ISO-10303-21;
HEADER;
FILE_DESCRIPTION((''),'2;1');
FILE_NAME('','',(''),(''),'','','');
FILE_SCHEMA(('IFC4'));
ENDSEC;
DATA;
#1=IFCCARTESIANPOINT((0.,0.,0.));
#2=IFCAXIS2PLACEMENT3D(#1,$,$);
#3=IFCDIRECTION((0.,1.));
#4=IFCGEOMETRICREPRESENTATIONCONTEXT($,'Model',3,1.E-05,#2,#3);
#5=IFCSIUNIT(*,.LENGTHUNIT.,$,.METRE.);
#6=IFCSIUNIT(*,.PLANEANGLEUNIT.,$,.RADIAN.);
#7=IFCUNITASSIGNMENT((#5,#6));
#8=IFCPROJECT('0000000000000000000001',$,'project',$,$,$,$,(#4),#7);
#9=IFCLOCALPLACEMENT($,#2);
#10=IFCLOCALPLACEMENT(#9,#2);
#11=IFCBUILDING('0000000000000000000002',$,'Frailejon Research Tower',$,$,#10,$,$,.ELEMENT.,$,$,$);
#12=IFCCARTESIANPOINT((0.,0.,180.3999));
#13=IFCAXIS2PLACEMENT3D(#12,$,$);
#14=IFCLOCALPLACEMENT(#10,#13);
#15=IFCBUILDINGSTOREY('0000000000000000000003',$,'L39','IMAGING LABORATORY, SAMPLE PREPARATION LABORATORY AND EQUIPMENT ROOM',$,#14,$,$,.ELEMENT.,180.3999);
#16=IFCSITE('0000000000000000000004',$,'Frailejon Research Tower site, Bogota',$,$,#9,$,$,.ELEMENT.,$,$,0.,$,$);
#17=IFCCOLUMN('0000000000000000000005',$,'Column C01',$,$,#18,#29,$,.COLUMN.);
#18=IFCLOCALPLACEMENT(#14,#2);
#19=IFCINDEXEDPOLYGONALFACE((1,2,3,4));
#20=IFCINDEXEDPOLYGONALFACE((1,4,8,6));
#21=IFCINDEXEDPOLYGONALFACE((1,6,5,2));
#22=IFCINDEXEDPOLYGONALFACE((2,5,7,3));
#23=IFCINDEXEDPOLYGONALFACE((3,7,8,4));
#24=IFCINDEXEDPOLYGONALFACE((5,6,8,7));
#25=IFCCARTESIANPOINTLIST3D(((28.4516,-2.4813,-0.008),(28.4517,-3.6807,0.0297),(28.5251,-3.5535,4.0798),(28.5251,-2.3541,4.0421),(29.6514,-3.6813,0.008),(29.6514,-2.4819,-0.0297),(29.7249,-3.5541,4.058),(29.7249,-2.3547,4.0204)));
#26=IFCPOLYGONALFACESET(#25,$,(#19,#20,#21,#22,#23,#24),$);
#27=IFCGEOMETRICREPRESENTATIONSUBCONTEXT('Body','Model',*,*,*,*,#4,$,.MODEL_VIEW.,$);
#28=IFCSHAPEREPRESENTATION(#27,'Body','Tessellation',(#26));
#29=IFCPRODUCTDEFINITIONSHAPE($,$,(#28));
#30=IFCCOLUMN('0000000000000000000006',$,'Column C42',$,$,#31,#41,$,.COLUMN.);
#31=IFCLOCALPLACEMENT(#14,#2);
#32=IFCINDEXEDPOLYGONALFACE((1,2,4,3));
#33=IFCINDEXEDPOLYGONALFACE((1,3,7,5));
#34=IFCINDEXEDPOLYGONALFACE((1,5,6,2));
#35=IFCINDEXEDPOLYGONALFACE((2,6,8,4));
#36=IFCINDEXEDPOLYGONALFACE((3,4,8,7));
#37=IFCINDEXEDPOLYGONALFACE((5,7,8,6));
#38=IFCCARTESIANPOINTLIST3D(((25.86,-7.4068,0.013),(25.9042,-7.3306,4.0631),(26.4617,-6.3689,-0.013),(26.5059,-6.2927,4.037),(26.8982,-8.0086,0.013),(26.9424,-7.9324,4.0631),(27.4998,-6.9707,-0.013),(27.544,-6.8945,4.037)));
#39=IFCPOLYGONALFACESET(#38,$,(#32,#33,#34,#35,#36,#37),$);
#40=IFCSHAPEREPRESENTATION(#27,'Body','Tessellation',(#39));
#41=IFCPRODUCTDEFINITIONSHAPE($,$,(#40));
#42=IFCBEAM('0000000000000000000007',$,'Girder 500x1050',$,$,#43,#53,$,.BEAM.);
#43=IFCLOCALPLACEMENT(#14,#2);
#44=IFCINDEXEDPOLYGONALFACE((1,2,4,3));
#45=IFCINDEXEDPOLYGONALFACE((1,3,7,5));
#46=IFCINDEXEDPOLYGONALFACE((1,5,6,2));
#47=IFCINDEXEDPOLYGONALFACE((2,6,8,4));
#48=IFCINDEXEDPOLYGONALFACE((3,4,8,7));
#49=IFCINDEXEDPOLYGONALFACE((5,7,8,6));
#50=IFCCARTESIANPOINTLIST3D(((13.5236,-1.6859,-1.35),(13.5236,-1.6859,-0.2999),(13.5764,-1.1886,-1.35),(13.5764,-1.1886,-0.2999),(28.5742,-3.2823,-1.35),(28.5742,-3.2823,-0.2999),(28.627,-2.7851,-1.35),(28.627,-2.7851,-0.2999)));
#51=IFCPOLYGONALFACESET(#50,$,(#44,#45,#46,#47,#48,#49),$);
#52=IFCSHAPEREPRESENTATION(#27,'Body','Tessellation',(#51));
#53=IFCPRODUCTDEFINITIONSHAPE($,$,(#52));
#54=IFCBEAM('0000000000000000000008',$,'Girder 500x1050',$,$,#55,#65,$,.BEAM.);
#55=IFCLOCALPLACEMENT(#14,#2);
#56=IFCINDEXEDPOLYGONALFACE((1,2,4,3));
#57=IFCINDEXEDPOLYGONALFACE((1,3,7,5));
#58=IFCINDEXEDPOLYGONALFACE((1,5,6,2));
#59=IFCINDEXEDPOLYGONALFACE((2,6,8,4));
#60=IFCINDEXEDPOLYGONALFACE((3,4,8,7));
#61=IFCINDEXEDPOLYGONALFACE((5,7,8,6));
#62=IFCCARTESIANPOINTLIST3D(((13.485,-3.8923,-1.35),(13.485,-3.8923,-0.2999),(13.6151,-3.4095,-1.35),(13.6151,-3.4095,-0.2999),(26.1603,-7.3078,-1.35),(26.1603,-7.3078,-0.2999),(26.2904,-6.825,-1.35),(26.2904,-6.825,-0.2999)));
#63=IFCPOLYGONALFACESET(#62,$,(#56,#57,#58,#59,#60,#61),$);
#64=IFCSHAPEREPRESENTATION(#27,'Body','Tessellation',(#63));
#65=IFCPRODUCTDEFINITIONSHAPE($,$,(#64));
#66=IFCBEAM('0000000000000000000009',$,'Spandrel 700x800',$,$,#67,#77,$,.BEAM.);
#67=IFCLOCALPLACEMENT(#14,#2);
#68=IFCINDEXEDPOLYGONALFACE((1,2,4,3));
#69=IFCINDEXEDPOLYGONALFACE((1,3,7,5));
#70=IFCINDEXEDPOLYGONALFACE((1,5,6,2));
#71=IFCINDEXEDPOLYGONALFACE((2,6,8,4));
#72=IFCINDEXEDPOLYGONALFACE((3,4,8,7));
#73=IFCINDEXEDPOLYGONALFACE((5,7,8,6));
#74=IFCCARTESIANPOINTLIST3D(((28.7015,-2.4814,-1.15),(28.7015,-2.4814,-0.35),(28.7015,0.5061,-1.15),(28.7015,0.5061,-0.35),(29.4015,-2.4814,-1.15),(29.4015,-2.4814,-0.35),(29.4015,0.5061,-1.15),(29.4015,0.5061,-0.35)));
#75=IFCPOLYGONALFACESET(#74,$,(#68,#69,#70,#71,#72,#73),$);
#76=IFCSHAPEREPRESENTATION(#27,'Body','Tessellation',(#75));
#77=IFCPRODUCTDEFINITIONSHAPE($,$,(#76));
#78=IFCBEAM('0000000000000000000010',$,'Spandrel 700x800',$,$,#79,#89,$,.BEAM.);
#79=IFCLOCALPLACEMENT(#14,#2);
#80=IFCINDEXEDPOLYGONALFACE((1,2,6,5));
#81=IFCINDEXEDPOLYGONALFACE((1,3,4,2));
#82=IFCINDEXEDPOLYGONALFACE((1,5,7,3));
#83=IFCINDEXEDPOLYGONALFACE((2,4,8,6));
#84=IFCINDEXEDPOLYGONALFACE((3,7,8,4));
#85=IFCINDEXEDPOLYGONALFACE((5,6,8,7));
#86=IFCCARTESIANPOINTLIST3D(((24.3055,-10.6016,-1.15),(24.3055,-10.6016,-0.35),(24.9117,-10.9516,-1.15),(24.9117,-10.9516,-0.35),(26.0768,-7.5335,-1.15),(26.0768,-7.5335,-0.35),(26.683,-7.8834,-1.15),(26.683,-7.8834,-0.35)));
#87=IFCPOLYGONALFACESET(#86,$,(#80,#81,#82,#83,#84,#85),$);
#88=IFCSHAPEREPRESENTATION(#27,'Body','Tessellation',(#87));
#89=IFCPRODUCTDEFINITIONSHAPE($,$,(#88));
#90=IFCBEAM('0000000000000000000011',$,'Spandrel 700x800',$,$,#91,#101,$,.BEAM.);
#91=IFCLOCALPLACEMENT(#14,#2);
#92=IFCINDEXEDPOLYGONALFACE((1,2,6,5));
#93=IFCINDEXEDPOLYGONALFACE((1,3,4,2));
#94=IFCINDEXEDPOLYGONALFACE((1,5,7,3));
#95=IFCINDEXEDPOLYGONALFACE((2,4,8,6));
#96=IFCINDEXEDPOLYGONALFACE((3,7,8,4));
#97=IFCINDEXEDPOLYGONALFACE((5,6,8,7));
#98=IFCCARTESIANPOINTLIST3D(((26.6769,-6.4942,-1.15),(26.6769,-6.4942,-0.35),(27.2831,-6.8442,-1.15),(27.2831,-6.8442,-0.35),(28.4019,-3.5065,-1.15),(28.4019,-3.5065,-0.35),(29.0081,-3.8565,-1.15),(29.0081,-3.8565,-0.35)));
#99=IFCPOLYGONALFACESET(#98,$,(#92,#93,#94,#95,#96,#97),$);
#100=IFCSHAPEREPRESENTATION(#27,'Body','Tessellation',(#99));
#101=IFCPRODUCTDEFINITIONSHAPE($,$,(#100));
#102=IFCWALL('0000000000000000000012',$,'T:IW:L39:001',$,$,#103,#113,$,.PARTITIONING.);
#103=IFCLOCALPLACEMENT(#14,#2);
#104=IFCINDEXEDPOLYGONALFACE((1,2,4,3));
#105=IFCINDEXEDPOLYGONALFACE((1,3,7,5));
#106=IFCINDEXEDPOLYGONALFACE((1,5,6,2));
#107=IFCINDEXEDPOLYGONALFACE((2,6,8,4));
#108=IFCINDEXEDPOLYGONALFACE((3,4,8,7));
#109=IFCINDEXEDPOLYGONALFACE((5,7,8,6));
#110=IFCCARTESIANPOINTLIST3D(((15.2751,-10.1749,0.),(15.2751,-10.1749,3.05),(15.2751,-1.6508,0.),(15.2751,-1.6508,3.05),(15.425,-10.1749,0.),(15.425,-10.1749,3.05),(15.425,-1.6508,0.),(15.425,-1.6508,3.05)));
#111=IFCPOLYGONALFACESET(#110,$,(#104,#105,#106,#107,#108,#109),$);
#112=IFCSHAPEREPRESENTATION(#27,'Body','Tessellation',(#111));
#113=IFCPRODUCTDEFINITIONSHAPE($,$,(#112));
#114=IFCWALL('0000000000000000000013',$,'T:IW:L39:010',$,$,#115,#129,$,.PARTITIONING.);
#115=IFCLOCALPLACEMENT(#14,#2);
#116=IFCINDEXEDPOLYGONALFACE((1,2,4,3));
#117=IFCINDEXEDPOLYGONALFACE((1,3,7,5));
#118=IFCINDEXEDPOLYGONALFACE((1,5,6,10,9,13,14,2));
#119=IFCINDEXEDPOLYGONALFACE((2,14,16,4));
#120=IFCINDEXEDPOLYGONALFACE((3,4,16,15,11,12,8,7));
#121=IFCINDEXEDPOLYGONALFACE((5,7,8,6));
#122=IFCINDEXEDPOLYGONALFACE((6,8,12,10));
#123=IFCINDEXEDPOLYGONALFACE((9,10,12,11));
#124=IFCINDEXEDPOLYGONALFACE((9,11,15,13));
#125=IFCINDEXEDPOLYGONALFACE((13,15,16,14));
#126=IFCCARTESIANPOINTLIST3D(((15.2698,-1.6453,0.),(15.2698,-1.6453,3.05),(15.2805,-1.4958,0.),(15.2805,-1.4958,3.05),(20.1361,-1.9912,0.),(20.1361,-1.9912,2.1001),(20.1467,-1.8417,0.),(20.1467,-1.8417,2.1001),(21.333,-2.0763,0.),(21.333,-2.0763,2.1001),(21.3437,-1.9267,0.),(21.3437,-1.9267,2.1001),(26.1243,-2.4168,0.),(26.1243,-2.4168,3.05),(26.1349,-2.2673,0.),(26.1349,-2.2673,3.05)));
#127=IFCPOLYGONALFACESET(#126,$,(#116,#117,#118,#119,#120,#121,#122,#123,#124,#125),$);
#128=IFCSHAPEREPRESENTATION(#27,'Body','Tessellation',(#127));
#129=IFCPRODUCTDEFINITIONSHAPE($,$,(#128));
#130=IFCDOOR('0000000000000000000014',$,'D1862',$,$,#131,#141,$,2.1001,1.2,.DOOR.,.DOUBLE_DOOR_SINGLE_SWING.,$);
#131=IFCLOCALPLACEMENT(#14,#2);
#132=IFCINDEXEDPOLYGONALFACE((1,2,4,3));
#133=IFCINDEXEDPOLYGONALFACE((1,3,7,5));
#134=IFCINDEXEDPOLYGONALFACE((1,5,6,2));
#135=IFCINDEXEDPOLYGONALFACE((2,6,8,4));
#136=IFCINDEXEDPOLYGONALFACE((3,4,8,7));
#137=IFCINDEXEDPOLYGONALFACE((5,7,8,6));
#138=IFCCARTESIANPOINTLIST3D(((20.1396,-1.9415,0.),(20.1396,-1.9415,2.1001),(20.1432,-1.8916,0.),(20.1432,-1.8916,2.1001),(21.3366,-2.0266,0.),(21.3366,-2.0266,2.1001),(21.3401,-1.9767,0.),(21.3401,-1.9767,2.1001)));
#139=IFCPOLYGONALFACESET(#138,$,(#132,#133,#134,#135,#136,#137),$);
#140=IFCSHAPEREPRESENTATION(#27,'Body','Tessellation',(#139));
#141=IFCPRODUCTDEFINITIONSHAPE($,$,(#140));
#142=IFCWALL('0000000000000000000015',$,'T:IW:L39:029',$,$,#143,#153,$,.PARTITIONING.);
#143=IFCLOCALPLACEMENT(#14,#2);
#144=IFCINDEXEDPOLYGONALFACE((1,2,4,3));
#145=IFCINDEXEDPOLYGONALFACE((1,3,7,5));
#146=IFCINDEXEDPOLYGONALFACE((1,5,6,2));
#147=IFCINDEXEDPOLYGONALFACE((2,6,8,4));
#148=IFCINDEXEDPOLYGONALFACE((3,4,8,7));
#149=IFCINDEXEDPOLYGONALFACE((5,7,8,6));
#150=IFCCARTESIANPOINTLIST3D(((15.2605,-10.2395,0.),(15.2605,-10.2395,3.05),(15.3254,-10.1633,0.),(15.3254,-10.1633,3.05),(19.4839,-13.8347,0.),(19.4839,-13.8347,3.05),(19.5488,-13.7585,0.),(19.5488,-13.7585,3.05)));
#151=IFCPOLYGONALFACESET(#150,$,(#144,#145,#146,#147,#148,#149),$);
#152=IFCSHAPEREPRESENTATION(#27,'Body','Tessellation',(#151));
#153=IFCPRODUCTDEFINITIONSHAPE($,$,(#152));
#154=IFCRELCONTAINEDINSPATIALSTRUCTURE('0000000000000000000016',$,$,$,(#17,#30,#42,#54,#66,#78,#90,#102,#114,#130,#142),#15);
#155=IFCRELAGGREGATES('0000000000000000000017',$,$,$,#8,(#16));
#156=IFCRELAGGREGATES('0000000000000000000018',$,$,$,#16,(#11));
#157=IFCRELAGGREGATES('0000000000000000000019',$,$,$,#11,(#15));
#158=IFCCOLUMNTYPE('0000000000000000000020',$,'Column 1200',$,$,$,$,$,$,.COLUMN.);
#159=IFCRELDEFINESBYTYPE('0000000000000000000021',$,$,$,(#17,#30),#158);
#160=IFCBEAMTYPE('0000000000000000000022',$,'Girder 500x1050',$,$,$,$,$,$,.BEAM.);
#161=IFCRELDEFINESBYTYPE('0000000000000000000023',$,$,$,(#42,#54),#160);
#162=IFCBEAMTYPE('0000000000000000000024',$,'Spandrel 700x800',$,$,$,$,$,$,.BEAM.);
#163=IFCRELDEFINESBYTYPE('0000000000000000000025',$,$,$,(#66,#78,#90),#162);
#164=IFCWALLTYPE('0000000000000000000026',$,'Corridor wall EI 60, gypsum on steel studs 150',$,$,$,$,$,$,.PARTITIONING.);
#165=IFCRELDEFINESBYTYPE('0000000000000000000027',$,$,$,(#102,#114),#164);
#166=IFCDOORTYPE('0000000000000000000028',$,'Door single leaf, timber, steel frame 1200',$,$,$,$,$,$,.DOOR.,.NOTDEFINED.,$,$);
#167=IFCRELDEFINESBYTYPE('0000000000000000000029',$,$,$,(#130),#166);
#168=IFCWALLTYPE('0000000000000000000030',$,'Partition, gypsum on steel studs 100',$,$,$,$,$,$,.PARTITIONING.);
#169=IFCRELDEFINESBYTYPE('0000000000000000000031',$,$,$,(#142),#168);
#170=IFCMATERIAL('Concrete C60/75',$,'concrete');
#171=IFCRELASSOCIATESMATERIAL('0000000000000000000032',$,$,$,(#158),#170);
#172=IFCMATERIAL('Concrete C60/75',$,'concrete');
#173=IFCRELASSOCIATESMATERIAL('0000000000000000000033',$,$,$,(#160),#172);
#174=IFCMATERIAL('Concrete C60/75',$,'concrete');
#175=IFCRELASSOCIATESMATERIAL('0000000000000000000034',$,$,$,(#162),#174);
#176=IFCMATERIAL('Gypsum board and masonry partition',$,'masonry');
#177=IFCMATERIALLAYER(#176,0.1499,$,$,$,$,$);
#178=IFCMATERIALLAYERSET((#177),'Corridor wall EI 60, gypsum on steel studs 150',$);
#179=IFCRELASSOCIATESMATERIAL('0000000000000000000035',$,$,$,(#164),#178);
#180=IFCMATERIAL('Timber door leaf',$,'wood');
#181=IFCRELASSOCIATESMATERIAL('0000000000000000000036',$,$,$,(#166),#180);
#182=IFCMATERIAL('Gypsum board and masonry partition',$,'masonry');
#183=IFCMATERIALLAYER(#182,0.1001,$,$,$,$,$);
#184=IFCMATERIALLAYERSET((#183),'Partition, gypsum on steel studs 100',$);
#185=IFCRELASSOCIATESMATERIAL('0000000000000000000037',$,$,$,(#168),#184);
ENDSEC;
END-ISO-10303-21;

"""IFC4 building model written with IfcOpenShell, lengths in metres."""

from ifc_helpers import new_model, si_unit, direction, frame, frame_2d, origin, origin_2d, place, context, subcontext, project, spatial, rectangle, extrude, material, layer, layer_set, material_profile, profile_set, type_object, element, fill, save


model = new_model("IFC4")

# Units and contexts
model_context = context("Model", 3, precision=1e-05, world=origin(), true_north=direction((0.0, 1.0)))
body_context = subcontext(model_context, "Body", "Model", "MODEL_VIEW")
ifc_project = project(units=[si_unit("LENGTHUNIT", "METRE"), si_unit("PLANEANGLEUNIT", "RADIAN")], contexts=[model_context])

# Site, building, storey
site_placement = place(None, origin())
site = spatial("IfcSite", under=ifc_project, at=site_placement, Name="Frailejon Research Tower site, Bogota", CompositionType="ELEMENT", RefElevation=0.0)
building_placement = place(site_placement, origin())
building = spatial("IfcBuilding", under=site, at=building_placement, Name="Frailejon Research Tower", CompositionType="ELEMENT")
storey_placement = place(building_placement, frame((0.0, 0.0, 180.3999)))
storey = spatial("IfcBuildingStorey", under=building, at=storey_placement, Name="L39", Description="IMAGING LABORATORY, SAMPLE PREPARATION LABORATORY AND EQUIPMENT ROOM", CompositionType="ELEMENT", Elevation=180.3999)

# Columns
ifc_material_1 = material(Name="Concrete C60/75", Category="concrete")
ifc_material_profile_1 = material_profile(ifc_material_1, rectangle(XDim=1.2, YDim=1.2, at=origin_2d()), Name="Column 1200")
ifc_profile_set_1 = profile_set([ifc_material_profile_1], Name="Concrete C60/75")
column_type = type_object("IfcColumnType", Name="Column 1200", PredefinedType="COLUMN", material=ifc_profile_set_1)
column_1_placement = place(storey_placement, frame((29.0515, -3.0813, 0.0), z_axis=(0.018133, 0.031386, 0.999343), x_axis=(-0.000022, 0.999507, -0.03139)))
element("IfcColumn", 1, at=column_1_placement, inside=storey, type_object=column_type, Name="Column C01", PredefinedType="COLUMN", context=body_context, shape_type="SweptSolid", body=[
    extrude(rectangle(XDim=1.2, YDim=1.2, at=origin_2d()), origin(), (0.0, 0.0, 1.0), 4.0527),
])
column_2_placement = place(storey_placement, frame((26.6799, -7.1887, 0.0), z_axis=(0.010908, 0.018803, 0.999764), x_axis=(0.501388, 0.864949, -0.021738)))
element("IfcColumn", 2, at=column_2_placement, inside=storey, type_object=column_type, Name="Column C42", PredefinedType="COLUMN", context=body_context, shape_type="SweptSolid", body=[
    extrude(rectangle(XDim=1.2, YDim=1.2, at=origin_2d()), origin(), (0.0, 0.0, 1.0), 4.051),
])

# Beams
ifc_material_2 = material(Name="Concrete C60/75", Category="concrete")
ifc_material_profile_2 = material_profile(ifc_material_2, rectangle(XDim=0.5, YDim=1.05, at=origin_2d()), Name="Girder 500x1050")
ifc_profile_set_2 = profile_set([ifc_material_profile_2], Name="Concrete C60/75")
beam_type_1 = type_object("IfcBeamType", Name="Girder 500x1050", PredefinedType="BEAM", material=ifc_profile_set_2)
beam_1_placement = place(storey_placement, frame((28.6006, -3.0337, -0.825), z_axis=(-0.994421, 0.10548, 0.0), x_axis=(-0.10548, -0.994421, 0.0)))
element("IfcBeam", 3, at=beam_1_placement, inside=storey, type_object=beam_type_1, Name="Girder 500x1050", PredefinedType="BEAM", context=body_context, shape_type="SweptSolid", body=[
    extrude(rectangle(XDim=0.5, YDim=1.05, at=origin_2d()), origin(), (0.0, 0.0, 1.0), 15.135),
])
beam_2_placement = place(storey_placement, frame((26.2253, -7.0664, -0.825), z_axis=(-0.965559, 0.260183, 0.0), x_axis=(-0.260183, -0.965559, 0.0)))
element("IfcBeam", 4, at=beam_2_placement, inside=storey, type_object=beam_type_1, Name="Girder 500x1050", PredefinedType="BEAM", context=body_context, shape_type="SweptSolid", body=[
    extrude(rectangle(XDim=0.5, YDim=1.05, at=origin_2d()), origin(), (0.0, 0.0, 1.0), 13.1274),
])
ifc_material_3 = material(Name="Concrete C60/75", Category="concrete")
ifc_material_profile_3 = material_profile(ifc_material_3, rectangle(XDim=0.7, YDim=0.8, at=origin_2d()), Name="Spandrel 700x800")
ifc_profile_set_3 = profile_set([ifc_material_profile_3], Name="Concrete C60/75")
beam_type_2 = type_object("IfcBeamType", Name="Spandrel 700x800", PredefinedType="BEAM", material=ifc_profile_set_3)
beam_3_placement = place(storey_placement, frame((29.0515, -2.4814, -0.75), z_axis=(0.0, 1.0, 0.0), x_axis=(-1.0, 0.0, 0.0)))
element("IfcBeam", 5, at=beam_3_placement, inside=storey, type_object=beam_type_2, Name="Spandrel 700x800", PredefinedType="BEAM", context=body_context, shape_type="SweptSolid", body=[
    extrude(rectangle(XDim=0.7, YDim=0.8, at=origin_2d()), origin(), (0.0, 0.0, 1.0), 2.9875),
])
beam_4_placement = place(storey_placement, frame((24.6086, -10.7766, -0.75), z_axis=(0.499971, 0.866042, 0.0), x_axis=(-0.866042, 0.499971, 0.0)))
element("IfcBeam", 6, at=beam_4_placement, inside=storey, type_object=beam_type_2, Name="Spandrel 700x800", PredefinedType="BEAM", context=body_context, shape_type="SweptSolid", body=[
    extrude(rectangle(XDim=0.7, YDim=0.8, at=origin_2d()), origin(), (0.0, 0.0, 1.0), 3.5427),
])
beam_5_placement = place(storey_placement, frame((26.98, -6.6692, -0.75), z_axis=(0.500021, 0.866014, 0.0), x_axis=(-0.866014, 0.500021, 0.0)))
element("IfcBeam", 7, at=beam_5_placement, inside=storey, type_object=beam_type_2, Name="Spandrel 700x800", PredefinedType="BEAM", context=body_context, shape_type="SweptSolid", body=[
    extrude(rectangle(XDim=0.7, YDim=0.8, at=origin_2d()), origin(), (0.0, 0.0, 1.0), 3.45),
])

# Wall
ifc_material_4 = material(Name="Gypsum board and masonry partition", Category="masonry")
ifc_layer_1 = layer(ifc_material_4, 0.1499)
ifc_layer_set_1 = layer_set([ifc_layer_1], Name="Corridor wall EI 60, gypsum on steel studs 150")
wall_type_1 = type_object("IfcWallType", Name="Corridor wall EI 60, gypsum on steel studs 150", PredefinedType="PARTITIONING", material=ifc_layer_set_1)
wall_1_placement = place(storey_placement, frame((15.3501, -10.175, 0.0), z_axis=(0.0, 0.0, 1.0), x_axis=(0.0, 1.0, 0.0)))
element("IfcWall", 8, at=wall_1_placement, inside=storey, type_object=wall_type_1, Name="T:IW:L39:001", PredefinedType="PARTITIONING", context=body_context, shape_type="SweptSolid", body=[
    extrude(rectangle(XDim=8.5242, YDim=0.1499, at=frame_2d((4.2622, 0.0))), origin(), (0.0, 0.0, 1.0), 3.05),
])

# Wall, opening, door
wall_2_placement = place(storey_placement, frame((15.2751, -1.5706, 0.0), z_axis=(0.0, 0.0, 1.0), x_axis=(0.997484, -0.070896, 0.0)))
wall_2 = element("IfcWall", 9, at=wall_2_placement, inside=storey, type_object=wall_type_1, Name="T:IW:L39:010", PredefinedType="PARTITIONING", context=body_context, shape_type="SweptSolid", body=[
    extrude(rectangle(XDim=10.8818, YDim=0.1499, at=frame_2d((5.4409, 0.0))), origin(), (0.0, 0.0, 1.0), 3.05),
])
opening_1_placement = place(wall_2_placement, frame((4.8784, 0.0, 0.0)))
opening_1 = element("IfcOpeningElement", 10, at=opening_1_placement, cuts=wall_2, PredefinedType="OPENING", context=body_context, shape_type="SweptSolid", body=[
    extrude(rectangle(XDim=1.2, YDim=2.1001, at=frame_2d((0.6001, 1.05))), frame((0.0, 0.085, 0.0), z_axis=(0.0, -1.0, 0.0), x_axis=(1.0, 0.0, 0.0)), (0.0, 0.0, 1.0), 0.1699),
])
ifc_material_5 = material(Name="Timber door leaf", Category="wood")
door_type = type_object("IfcDoorType", Name="Door single leaf, timber, steel frame 1200", OperationType="NOTDEFINED", PredefinedType="DOOR", material=ifc_material_5)
door_placement = place(opening_1_placement, origin())
door = element("IfcDoor", 11, at=door_placement, inside=storey, type_object=door_type, Name="D1862", OperationType="DOUBLE_DOOR_SINGLE_SWING", OverallHeight=2.1001, OverallWidth=1.2, PredefinedType="DOOR", context=body_context, shape_type="SweptSolid", body=[
    extrude(rectangle(XDim=1.2, YDim=2.1001, at=frame_2d((0.6001, 1.05))), frame((0.0, 0.0249, 0.0), z_axis=(0.0, -1.0, 0.0), x_axis=(1.0, 0.0, 0.0)), (0.0, 0.0, 1.0), 0.05),
])
fill(opening_1, door)

# Wall
ifc_material_6 = material(Name="Gypsum board and masonry partition", Category="masonry")
ifc_layer_2 = layer(ifc_material_6, 0.1001)
ifc_layer_set_2 = layer_set([ifc_layer_2], Name="Partition, gypsum on steel studs 100")
wall_type_2 = type_object("IfcWallType", Name="Partition, gypsum on steel studs 100", PredefinedType="PARTITIONING", material=ifc_layer_set_2)
wall_3_placement = place(storey_placement, frame((15.293, -10.2014, 0.0), z_axis=(0.0, 0.0, 1.0), x_axis=(0.761464, -0.648207, 0.0)))
element("IfcWall", 12, at=wall_3_placement, inside=storey, type_object=wall_type_2, Name="T:IW:L39:029", PredefinedType="PARTITIONING", context=body_context, shape_type="SweptSolid", body=[
    extrude(rectangle(XDim=5.5464, YDim=0.1001, at=frame_2d((2.7732, 0.0))), origin(), (0.0, 0.0, 1.0), 3.05),
])

save(model, "model.ifc")
